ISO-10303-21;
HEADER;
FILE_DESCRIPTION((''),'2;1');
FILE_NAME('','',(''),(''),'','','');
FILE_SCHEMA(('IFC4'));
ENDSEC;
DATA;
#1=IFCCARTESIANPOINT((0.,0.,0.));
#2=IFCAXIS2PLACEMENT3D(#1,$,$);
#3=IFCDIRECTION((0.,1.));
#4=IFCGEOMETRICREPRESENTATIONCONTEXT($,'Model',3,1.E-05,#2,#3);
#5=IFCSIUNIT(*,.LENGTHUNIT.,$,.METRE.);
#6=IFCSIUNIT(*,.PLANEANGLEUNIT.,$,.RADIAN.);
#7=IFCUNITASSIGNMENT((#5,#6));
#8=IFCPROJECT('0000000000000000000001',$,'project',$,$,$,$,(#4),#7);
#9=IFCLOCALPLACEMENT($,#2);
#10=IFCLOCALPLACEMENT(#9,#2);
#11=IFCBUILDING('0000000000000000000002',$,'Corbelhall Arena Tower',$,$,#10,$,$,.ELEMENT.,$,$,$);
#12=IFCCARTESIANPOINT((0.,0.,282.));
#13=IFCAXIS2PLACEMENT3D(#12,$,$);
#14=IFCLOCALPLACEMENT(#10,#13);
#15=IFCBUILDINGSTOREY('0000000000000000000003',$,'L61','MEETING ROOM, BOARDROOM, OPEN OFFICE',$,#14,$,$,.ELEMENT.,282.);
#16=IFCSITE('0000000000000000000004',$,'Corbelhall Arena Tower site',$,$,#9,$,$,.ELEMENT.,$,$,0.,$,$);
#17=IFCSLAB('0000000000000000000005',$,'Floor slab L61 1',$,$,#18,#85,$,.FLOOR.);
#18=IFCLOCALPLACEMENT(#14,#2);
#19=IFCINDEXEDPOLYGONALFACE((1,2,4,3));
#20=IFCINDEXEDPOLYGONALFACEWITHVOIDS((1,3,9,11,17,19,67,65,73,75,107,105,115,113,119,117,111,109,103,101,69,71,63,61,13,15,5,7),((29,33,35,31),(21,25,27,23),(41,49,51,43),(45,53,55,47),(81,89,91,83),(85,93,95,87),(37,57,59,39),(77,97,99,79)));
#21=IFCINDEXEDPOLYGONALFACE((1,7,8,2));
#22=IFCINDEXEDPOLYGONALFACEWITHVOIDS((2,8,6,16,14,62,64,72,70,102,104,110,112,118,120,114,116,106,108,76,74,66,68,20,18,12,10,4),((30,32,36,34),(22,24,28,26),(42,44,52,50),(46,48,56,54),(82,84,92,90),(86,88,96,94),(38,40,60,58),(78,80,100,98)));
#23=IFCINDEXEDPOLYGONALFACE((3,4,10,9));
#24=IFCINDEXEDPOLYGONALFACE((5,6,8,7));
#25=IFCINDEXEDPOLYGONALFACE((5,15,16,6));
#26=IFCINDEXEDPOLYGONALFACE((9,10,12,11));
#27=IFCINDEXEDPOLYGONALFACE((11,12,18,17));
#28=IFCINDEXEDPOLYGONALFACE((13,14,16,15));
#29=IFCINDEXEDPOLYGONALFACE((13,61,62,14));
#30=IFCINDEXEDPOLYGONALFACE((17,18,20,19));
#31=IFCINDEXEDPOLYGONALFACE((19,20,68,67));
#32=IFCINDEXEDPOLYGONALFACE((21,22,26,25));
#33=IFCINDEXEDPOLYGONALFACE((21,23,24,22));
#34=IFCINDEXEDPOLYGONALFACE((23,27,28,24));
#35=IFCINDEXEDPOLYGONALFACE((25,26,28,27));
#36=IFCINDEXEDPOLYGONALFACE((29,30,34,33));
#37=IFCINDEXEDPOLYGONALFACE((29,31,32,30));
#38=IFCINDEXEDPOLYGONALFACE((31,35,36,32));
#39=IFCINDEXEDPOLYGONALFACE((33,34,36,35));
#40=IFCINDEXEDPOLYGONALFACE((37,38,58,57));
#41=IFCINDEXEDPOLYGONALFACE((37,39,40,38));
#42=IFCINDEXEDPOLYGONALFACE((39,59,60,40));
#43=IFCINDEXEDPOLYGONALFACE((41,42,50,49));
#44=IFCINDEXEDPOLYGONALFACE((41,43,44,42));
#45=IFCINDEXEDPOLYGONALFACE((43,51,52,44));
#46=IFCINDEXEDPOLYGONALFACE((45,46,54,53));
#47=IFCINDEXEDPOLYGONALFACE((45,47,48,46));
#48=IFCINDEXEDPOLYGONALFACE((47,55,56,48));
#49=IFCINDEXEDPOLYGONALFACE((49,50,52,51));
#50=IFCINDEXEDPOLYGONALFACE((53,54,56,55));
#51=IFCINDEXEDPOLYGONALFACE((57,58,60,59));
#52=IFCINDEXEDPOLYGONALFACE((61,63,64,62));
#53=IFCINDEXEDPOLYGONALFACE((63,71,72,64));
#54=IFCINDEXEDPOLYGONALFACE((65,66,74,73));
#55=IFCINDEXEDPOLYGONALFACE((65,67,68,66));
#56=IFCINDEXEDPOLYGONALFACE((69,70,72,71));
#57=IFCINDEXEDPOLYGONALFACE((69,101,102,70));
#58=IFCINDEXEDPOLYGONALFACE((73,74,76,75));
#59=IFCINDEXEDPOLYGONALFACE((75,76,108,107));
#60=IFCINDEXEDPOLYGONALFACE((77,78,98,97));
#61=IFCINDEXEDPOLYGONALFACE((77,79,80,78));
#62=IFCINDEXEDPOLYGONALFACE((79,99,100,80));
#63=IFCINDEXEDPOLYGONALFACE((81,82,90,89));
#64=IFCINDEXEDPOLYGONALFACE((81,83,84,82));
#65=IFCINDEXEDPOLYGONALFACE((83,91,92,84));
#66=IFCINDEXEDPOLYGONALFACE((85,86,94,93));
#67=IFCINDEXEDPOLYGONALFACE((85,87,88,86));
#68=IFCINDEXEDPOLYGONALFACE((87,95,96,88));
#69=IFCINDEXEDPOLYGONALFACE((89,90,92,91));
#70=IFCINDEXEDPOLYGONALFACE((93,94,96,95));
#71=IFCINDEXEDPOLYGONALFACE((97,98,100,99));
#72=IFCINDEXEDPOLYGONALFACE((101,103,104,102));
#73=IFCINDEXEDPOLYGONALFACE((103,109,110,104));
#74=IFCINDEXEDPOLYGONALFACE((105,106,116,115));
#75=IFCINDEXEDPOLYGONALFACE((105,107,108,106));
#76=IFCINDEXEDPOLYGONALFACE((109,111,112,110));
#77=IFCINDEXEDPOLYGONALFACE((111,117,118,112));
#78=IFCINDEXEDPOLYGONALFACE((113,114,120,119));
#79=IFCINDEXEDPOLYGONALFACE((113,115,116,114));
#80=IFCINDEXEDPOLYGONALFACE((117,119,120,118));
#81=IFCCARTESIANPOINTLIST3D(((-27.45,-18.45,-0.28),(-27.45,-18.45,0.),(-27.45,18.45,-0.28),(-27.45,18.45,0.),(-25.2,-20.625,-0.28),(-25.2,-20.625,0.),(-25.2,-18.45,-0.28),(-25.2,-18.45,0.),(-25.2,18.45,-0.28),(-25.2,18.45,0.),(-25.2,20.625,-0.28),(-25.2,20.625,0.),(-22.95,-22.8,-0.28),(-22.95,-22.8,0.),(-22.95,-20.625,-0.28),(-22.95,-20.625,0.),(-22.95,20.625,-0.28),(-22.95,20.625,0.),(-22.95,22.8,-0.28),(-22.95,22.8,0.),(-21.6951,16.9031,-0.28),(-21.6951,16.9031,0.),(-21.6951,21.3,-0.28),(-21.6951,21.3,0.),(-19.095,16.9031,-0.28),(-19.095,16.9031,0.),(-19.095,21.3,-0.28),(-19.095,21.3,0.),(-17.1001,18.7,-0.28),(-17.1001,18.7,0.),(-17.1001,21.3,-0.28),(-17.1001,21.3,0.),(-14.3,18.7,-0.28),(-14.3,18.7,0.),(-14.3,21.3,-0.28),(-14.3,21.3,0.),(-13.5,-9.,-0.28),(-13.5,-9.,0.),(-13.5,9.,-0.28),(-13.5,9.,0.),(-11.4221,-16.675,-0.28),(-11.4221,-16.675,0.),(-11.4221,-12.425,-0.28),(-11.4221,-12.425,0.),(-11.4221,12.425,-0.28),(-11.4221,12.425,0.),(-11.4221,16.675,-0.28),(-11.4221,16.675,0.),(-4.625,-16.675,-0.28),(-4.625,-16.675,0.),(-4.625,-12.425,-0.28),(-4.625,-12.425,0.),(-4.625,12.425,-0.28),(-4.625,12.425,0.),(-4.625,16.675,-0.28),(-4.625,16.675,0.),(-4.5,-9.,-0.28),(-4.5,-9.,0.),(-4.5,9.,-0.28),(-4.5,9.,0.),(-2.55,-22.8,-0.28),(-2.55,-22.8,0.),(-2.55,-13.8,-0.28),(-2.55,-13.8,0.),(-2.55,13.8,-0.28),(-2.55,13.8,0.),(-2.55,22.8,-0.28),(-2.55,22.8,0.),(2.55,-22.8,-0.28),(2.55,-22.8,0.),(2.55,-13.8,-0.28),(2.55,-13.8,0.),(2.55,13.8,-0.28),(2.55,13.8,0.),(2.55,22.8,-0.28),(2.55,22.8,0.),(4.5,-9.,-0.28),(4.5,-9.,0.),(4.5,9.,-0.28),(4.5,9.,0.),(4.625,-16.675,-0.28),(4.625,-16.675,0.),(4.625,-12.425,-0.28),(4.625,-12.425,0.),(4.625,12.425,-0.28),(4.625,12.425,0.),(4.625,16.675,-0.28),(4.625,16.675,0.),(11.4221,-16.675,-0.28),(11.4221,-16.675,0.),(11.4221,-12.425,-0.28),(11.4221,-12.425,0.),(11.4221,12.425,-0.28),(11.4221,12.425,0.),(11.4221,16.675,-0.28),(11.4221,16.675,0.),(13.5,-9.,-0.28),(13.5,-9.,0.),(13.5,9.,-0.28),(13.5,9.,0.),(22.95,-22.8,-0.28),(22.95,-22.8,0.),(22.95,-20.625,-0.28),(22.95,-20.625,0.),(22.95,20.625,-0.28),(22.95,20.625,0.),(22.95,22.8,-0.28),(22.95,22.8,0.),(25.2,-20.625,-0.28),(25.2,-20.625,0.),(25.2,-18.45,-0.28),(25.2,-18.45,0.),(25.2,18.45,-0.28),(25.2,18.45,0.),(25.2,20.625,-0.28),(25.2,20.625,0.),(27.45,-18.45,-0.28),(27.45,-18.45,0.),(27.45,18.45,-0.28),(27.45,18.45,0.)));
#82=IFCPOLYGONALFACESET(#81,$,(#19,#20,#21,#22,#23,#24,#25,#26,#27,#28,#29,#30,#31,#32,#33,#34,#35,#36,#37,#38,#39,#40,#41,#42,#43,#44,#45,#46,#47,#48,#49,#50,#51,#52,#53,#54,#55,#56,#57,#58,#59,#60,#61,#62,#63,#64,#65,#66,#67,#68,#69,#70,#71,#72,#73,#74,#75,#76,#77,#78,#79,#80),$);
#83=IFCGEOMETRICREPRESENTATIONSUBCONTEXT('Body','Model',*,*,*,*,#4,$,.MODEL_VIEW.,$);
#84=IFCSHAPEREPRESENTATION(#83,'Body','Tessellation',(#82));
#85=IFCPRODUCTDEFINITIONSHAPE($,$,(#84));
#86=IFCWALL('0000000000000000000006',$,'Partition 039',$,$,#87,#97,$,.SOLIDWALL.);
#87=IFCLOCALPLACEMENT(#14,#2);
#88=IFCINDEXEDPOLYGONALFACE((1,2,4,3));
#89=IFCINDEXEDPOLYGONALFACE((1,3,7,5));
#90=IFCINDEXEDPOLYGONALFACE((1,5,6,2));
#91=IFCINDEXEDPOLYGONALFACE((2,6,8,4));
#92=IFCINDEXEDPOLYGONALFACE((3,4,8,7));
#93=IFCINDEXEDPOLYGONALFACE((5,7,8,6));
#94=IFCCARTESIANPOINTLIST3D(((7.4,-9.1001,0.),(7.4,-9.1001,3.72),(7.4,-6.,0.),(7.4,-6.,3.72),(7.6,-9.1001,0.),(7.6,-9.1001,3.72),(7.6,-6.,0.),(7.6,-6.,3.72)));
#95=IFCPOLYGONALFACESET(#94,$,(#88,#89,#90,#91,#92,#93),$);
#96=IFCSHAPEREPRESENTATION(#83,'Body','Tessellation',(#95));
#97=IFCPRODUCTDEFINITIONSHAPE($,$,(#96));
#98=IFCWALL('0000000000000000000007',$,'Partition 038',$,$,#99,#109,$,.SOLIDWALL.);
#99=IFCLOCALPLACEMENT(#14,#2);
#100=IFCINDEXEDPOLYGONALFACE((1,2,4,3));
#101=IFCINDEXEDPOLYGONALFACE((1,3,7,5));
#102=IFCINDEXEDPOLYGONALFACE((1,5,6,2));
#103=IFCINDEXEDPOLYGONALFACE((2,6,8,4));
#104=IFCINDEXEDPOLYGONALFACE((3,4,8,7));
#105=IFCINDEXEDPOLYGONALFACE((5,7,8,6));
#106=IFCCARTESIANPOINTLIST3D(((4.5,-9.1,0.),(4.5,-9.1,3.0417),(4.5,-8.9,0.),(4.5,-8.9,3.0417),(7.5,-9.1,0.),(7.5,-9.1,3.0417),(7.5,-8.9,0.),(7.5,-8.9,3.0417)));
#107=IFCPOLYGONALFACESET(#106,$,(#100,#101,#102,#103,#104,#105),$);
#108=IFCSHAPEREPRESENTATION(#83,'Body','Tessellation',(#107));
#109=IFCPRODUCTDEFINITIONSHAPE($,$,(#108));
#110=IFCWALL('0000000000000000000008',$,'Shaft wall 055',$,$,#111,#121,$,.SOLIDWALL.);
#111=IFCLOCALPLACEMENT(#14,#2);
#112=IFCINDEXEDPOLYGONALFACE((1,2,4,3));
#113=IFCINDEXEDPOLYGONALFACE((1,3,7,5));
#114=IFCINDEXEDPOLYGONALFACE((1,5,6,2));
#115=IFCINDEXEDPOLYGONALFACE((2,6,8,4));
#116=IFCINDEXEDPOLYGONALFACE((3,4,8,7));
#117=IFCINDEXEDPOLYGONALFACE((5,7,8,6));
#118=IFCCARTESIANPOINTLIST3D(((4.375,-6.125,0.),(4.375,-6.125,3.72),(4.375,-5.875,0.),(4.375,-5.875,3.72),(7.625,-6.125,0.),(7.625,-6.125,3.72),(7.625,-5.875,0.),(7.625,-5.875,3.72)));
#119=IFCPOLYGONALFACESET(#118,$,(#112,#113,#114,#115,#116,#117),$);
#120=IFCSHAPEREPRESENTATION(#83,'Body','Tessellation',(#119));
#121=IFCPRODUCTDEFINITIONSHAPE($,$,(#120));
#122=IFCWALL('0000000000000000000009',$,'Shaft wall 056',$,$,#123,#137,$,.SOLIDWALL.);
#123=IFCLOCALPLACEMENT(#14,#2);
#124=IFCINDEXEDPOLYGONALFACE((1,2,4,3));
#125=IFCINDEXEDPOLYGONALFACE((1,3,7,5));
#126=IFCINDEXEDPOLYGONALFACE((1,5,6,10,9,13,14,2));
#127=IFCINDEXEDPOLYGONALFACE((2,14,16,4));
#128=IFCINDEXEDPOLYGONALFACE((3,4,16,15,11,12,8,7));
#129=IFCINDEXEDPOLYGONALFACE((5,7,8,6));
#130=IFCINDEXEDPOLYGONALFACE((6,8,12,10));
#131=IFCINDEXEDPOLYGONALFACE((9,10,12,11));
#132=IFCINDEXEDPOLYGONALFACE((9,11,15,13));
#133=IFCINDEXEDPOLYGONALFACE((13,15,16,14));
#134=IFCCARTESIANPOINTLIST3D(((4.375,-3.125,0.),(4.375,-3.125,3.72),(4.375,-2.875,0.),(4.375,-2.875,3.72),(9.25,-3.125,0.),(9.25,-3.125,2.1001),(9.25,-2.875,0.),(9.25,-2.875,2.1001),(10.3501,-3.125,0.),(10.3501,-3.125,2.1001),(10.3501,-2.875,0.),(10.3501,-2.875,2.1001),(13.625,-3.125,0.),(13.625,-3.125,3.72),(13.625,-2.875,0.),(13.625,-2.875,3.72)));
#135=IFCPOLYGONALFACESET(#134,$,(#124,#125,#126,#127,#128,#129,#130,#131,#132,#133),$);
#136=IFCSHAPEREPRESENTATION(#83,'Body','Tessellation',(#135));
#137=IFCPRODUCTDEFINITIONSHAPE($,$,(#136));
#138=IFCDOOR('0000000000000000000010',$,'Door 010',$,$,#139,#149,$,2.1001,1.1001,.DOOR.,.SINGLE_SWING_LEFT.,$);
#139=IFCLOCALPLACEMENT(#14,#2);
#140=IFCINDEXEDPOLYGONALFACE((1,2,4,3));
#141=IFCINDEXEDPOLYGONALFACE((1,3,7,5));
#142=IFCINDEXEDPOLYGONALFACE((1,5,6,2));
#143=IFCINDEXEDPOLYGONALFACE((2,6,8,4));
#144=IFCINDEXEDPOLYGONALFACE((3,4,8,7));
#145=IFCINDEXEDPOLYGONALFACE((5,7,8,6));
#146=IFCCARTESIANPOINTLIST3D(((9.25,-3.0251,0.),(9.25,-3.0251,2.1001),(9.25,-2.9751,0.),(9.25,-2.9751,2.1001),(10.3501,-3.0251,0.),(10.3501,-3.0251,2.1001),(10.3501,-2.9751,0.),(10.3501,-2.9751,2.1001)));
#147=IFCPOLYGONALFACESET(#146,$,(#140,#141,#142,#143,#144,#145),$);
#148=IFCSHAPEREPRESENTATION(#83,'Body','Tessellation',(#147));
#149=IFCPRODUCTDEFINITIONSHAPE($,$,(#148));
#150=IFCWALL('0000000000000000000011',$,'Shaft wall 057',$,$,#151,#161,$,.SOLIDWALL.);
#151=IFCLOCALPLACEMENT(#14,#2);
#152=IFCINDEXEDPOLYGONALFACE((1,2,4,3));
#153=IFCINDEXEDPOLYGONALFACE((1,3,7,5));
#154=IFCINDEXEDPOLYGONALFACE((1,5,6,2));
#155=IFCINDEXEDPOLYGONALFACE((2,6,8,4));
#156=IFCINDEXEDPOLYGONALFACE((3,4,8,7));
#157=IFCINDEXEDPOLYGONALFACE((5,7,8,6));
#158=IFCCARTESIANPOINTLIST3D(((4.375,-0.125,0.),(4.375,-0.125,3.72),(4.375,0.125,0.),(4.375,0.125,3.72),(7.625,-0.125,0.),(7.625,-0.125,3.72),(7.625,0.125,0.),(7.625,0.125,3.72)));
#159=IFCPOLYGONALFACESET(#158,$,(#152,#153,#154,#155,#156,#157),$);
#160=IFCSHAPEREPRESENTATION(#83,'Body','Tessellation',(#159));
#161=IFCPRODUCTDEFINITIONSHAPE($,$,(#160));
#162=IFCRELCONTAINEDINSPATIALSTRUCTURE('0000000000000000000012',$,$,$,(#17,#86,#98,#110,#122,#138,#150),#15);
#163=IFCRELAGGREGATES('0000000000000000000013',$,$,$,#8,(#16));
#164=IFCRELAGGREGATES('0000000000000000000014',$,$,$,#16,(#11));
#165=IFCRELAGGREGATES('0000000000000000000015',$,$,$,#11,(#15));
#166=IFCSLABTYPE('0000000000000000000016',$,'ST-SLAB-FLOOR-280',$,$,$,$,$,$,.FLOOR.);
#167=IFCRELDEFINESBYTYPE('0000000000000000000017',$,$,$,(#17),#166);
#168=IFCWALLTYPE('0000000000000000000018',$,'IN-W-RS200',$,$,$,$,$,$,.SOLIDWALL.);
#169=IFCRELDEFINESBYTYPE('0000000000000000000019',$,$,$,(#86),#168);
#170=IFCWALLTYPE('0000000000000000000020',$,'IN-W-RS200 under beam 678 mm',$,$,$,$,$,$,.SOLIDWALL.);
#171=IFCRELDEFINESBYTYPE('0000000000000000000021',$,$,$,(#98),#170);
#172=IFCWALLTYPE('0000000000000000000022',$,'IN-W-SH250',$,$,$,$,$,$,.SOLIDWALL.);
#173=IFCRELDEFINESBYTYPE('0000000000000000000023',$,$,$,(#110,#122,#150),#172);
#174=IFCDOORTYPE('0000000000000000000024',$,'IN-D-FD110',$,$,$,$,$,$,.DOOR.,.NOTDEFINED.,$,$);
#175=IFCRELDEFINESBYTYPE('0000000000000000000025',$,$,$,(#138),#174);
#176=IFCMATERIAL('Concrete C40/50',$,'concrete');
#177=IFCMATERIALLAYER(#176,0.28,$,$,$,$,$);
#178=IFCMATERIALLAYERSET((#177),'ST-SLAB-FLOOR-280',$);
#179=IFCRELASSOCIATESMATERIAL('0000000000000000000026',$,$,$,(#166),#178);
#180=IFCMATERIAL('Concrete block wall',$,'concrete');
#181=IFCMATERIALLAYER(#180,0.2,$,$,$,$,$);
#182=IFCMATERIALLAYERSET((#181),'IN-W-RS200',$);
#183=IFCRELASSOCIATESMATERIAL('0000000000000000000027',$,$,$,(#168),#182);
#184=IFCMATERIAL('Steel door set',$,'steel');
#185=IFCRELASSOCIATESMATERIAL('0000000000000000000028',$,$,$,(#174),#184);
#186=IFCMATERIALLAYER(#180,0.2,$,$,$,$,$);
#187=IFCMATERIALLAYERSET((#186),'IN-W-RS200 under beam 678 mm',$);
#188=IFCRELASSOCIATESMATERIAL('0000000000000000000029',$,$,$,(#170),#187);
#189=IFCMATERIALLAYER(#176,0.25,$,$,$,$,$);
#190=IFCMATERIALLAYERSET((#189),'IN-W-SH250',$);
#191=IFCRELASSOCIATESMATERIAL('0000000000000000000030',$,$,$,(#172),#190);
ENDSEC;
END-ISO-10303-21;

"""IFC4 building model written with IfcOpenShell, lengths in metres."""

from ifc_helpers import new_model, si_unit, direction, frame, frame_2d, origin, place, context, subcontext, project, spatial, polyline, rectangle, outline, extrude, material, layer, layer_set, type_object, element, fill, save


model = new_model("IFC4")

# Units and contexts
model_context = context("Model", 3, precision=1e-05, world=origin(), true_north=direction((0.0, 1.0)))
body_context = subcontext(model_context, "Body", "Model", "MODEL_VIEW")
ifc_project = project(units=[si_unit("LENGTHUNIT", "METRE"), si_unit("PLANEANGLEUNIT", "RADIAN")], contexts=[model_context])

# Site, building, storey
site_placement = place(None, origin())
site = spatial("IfcSite", under=ifc_project, at=site_placement, Name="Corbelhall Arena Tower site", CompositionType="ELEMENT", RefElevation=0.0)
building_placement = place(site_placement, origin())
building = spatial("IfcBuilding", under=site, at=building_placement, Name="Corbelhall Arena Tower", CompositionType="ELEMENT")
storey_placement = place(building_placement, frame((0.0, 0.0, 282.0)))
storey = spatial("IfcBuildingStorey", under=building, at=storey_placement, Name="L61", Description="MEETING ROOM, BOARDROOM, OPEN OFFICE", CompositionType="ELEMENT", Elevation=282.0)

# Shared definitions
ifc_material_1 = material(Name="Concrete C40/50", Category="concrete")

# Slab
ifc_layer_1 = layer(ifc_material_1, 0.28)
ifc_layer_set_1 = layer_set([ifc_layer_1], Name="ST-SLAB-FLOOR-280")
slab_type_1 = type_object("IfcSlabType", Name="ST-SLAB-FLOOR-280", PredefinedType="FLOOR", material=ifc_layer_set_1)
slab_1_placement = place(storey_placement, frame((0.0, 0.0, -0.28)))
element("IfcSlab", 1, at=slab_1_placement, inside=storey, type_object=slab_type_1, Name="Floor slab L61 1", PredefinedType="FLOOR", context=body_context, shape_type="SweptSolid", body=[
    extrude(outline(polyline([(22.95, 22.8), (2.55, 22.8), (2.55, 13.8), (-2.55, 13.8), (-2.55, 22.8), (-22.95, 22.8), (-22.95, 20.625), (-25.2, 20.625), (-25.2, 18.45), (-27.45, 18.45), (-27.45, -18.45), (-25.2, -18.45), (-25.2, -20.625), (-22.95, -20.625), (-22.95, -22.8), (-2.55, -22.8), (-2.55, -13.8), (2.55, -13.8), (2.55, -22.8), (22.95, -22.8), (22.95, -20.625), (25.2, -20.625), (25.2, -18.45), (27.45, -18.45), (27.45, 18.45), (25.2, 18.45), (25.2, 20.625), (22.95, 20.625), (22.95, 22.8)]), holes=[polyline([(-13.5, 9.0), (-13.5, -9.0), (-4.5, -9.0), (-4.5, 9.0), (-13.5, 9.0)]), polyline([(4.5, 9.0), (4.5, -9.0), (13.5, -9.0), (13.5, 9.0), (4.5, 9.0)]), polyline([(-4.625, 16.675), (-11.4221, 16.675), (-11.4221, 12.425), (-4.625, 12.425), (-4.625, 16.675)]), polyline([(-4.625, -16.675), (-4.625, -12.425), (-11.4221, -12.425), (-11.4221, -16.675), (-4.625, -16.675)]), polyline([(11.4221, 16.675), (4.625, 16.675), (4.625, 12.425), (11.4221, 12.425), (11.4221, 16.675)]), polyline([(11.4221, -16.675), (11.4221, -12.425), (4.625, -12.425), (4.625, -16.675), (11.4221, -16.675)]), polyline([(-21.6951, 21.3), (-21.6951, 16.9031), (-19.095, 16.9031), (-19.095, 21.3), (-21.6951, 21.3)]), polyline([(-14.3, 21.3), (-17.1001, 21.3), (-17.1001, 18.7), (-14.3, 18.7), (-14.3, 21.3)])]), origin(), (0.0, 0.0, 1.0), 0.28),
])

# Wall
ifc_material_2 = material(Name="Concrete block wall", Category="concrete")
ifc_layer_2 = layer(ifc_material_2, 0.2)
ifc_layer_set_2 = layer_set([ifc_layer_2], Name="IN-W-RS200")
wall_type_1 = type_object("IfcWallType", Name="IN-W-RS200", PredefinedType="SOLIDWALL", material=ifc_layer_set_2)
wall_1_placement = place(storey_placement, frame((7.5, -6.0, 0.0), z_axis=(0.0, 0.0, 1.0), x_axis=(0.0, -1.0, 0.0)))
element("IfcWall", 2, at=wall_1_placement, inside=storey, type_object=wall_type_1, Name="Partition 039", PredefinedType="SOLIDWALL", context=body_context, shape_type="SweptSolid", body=[
    extrude(rectangle(XDim=3.1001, YDim=0.2, at=frame_2d((1.55, 0.0))), origin(), (0.0, 0.0, 1.0), 3.72),
])

# Shared definitions
ifc_material_3 = material(Name="Steel door set", Category="steel")
door_type_1 = type_object("IfcDoorType", Name="IN-D-FD110", OperationType="NOTDEFINED", PredefinedType="DOOR", material=ifc_material_3)

# Walls
ifc_layer_3 = layer(ifc_material_2, 0.2)
ifc_layer_set_3 = layer_set([ifc_layer_3], Name="IN-W-RS200 under beam 678 mm")
wall_type_2 = type_object("IfcWallType", Name="IN-W-RS200 under beam 678 mm", PredefinedType="SOLIDWALL", material=ifc_layer_set_3)
wall_2_placement = place(storey_placement, frame((7.5, -9.0, 0.0), z_axis=(0.0, 0.0, 1.0), x_axis=(-1.0, 0.0, 0.0)))
element("IfcWall", 3, at=wall_2_placement, inside=storey, type_object=wall_type_2, Name="Partition 038", PredefinedType="SOLIDWALL", context=body_context, shape_type="SweptSolid", body=[
    extrude(rectangle(XDim=3.0, YDim=0.2, at=frame_2d((1.5, 0.0))), origin(), (0.0, 0.0, 1.0), 3.0417),
])
ifc_layer_4 = layer(ifc_material_1, 0.25)
ifc_layer_set_4 = layer_set([ifc_layer_4], Name="IN-W-SH250")
wall_type_3 = type_object("IfcWallType", Name="IN-W-SH250", PredefinedType="SOLIDWALL", material=ifc_layer_set_4)
wall_3_placement = place(storey_placement, frame((4.375, -6.0, 0.0), z_axis=(0.0, 0.0, 1.0), x_axis=(1.0, 0.0, 0.0)))
element("IfcWall", 4, at=wall_3_placement, inside=storey, type_object=wall_type_3, Name="Shaft wall 055", PredefinedType="SOLIDWALL", context=body_context, shape_type="SweptSolid", body=[
    extrude(rectangle(XDim=3.25, YDim=0.25, at=frame_2d((1.625, 0.0))), origin(), (0.0, 0.0, 1.0), 3.72),
])

# Wall, opening, door
wall_4_placement = place(storey_placement, frame((4.375, -3.0, 0.0), z_axis=(0.0, 0.0, 1.0), x_axis=(1.0, 0.0, 0.0)))
wall_4 = element("IfcWall", 5, at=wall_4_placement, inside=storey, type_object=wall_type_3, Name="Shaft wall 056", PredefinedType="SOLIDWALL", context=body_context, shape_type="SweptSolid", body=[
    extrude(rectangle(XDim=9.25, YDim=0.25, at=frame_2d((4.625, 0.0))), origin(), (0.0, 0.0, 1.0), 3.72),
])
opening_1_placement = place(wall_4_placement, frame((4.875, 0.0, 0.0)))
opening_1 = element("IfcOpeningElement", 6, at=opening_1_placement, cuts=wall_4, PredefinedType="OPENING", context=body_context, shape_type="SweptSolid", body=[
    extrude(rectangle(XDim=1.1001, YDim=2.1001, at=frame_2d((0.55, 1.05))), frame((0.0, 0.125, 0.0), z_axis=(0.0, -1.0, 0.0), x_axis=(1.0, 0.0, 0.0)), (0.0, 0.0, 1.0), 0.25),
])
door_1_placement = place(opening_1_placement, origin())
door_1 = element("IfcDoor", 7, at=door_1_placement, inside=storey, type_object=door_type_1, Name="Door 010", OperationType="SINGLE_SWING_LEFT", OverallHeight=2.1001, OverallWidth=1.1001, PredefinedType="DOOR", context=body_context, shape_type="SweptSolid", body=[
    extrude(rectangle(XDim=1.1001, YDim=2.1001, at=frame_2d((0.55, 1.05))), frame((0.0, 0.0249, 0.0), z_axis=(0.0, -1.0, 0.0), x_axis=(1.0, 0.0, 0.0)), (0.0, 0.0, 1.0), 0.05),
])
fill(opening_1, door_1)

# Wall
wall_5_placement = place(storey_placement, frame((4.375, 0.0, 0.0), z_axis=(0.0, 0.0, 1.0), x_axis=(1.0, 0.0, 0.0)))
element("IfcWall", 8, at=wall_5_placement, inside=storey, type_object=wall_type_3, Name="Shaft wall 057", PredefinedType="SOLIDWALL", context=body_context, shape_type="SweptSolid", body=[
    extrude(rectangle(XDim=3.25, YDim=0.25, at=frame_2d((1.625, 0.0))), origin(), (0.0, 0.0, 1.0), 3.72),
])

save(model, "model.ifc")
